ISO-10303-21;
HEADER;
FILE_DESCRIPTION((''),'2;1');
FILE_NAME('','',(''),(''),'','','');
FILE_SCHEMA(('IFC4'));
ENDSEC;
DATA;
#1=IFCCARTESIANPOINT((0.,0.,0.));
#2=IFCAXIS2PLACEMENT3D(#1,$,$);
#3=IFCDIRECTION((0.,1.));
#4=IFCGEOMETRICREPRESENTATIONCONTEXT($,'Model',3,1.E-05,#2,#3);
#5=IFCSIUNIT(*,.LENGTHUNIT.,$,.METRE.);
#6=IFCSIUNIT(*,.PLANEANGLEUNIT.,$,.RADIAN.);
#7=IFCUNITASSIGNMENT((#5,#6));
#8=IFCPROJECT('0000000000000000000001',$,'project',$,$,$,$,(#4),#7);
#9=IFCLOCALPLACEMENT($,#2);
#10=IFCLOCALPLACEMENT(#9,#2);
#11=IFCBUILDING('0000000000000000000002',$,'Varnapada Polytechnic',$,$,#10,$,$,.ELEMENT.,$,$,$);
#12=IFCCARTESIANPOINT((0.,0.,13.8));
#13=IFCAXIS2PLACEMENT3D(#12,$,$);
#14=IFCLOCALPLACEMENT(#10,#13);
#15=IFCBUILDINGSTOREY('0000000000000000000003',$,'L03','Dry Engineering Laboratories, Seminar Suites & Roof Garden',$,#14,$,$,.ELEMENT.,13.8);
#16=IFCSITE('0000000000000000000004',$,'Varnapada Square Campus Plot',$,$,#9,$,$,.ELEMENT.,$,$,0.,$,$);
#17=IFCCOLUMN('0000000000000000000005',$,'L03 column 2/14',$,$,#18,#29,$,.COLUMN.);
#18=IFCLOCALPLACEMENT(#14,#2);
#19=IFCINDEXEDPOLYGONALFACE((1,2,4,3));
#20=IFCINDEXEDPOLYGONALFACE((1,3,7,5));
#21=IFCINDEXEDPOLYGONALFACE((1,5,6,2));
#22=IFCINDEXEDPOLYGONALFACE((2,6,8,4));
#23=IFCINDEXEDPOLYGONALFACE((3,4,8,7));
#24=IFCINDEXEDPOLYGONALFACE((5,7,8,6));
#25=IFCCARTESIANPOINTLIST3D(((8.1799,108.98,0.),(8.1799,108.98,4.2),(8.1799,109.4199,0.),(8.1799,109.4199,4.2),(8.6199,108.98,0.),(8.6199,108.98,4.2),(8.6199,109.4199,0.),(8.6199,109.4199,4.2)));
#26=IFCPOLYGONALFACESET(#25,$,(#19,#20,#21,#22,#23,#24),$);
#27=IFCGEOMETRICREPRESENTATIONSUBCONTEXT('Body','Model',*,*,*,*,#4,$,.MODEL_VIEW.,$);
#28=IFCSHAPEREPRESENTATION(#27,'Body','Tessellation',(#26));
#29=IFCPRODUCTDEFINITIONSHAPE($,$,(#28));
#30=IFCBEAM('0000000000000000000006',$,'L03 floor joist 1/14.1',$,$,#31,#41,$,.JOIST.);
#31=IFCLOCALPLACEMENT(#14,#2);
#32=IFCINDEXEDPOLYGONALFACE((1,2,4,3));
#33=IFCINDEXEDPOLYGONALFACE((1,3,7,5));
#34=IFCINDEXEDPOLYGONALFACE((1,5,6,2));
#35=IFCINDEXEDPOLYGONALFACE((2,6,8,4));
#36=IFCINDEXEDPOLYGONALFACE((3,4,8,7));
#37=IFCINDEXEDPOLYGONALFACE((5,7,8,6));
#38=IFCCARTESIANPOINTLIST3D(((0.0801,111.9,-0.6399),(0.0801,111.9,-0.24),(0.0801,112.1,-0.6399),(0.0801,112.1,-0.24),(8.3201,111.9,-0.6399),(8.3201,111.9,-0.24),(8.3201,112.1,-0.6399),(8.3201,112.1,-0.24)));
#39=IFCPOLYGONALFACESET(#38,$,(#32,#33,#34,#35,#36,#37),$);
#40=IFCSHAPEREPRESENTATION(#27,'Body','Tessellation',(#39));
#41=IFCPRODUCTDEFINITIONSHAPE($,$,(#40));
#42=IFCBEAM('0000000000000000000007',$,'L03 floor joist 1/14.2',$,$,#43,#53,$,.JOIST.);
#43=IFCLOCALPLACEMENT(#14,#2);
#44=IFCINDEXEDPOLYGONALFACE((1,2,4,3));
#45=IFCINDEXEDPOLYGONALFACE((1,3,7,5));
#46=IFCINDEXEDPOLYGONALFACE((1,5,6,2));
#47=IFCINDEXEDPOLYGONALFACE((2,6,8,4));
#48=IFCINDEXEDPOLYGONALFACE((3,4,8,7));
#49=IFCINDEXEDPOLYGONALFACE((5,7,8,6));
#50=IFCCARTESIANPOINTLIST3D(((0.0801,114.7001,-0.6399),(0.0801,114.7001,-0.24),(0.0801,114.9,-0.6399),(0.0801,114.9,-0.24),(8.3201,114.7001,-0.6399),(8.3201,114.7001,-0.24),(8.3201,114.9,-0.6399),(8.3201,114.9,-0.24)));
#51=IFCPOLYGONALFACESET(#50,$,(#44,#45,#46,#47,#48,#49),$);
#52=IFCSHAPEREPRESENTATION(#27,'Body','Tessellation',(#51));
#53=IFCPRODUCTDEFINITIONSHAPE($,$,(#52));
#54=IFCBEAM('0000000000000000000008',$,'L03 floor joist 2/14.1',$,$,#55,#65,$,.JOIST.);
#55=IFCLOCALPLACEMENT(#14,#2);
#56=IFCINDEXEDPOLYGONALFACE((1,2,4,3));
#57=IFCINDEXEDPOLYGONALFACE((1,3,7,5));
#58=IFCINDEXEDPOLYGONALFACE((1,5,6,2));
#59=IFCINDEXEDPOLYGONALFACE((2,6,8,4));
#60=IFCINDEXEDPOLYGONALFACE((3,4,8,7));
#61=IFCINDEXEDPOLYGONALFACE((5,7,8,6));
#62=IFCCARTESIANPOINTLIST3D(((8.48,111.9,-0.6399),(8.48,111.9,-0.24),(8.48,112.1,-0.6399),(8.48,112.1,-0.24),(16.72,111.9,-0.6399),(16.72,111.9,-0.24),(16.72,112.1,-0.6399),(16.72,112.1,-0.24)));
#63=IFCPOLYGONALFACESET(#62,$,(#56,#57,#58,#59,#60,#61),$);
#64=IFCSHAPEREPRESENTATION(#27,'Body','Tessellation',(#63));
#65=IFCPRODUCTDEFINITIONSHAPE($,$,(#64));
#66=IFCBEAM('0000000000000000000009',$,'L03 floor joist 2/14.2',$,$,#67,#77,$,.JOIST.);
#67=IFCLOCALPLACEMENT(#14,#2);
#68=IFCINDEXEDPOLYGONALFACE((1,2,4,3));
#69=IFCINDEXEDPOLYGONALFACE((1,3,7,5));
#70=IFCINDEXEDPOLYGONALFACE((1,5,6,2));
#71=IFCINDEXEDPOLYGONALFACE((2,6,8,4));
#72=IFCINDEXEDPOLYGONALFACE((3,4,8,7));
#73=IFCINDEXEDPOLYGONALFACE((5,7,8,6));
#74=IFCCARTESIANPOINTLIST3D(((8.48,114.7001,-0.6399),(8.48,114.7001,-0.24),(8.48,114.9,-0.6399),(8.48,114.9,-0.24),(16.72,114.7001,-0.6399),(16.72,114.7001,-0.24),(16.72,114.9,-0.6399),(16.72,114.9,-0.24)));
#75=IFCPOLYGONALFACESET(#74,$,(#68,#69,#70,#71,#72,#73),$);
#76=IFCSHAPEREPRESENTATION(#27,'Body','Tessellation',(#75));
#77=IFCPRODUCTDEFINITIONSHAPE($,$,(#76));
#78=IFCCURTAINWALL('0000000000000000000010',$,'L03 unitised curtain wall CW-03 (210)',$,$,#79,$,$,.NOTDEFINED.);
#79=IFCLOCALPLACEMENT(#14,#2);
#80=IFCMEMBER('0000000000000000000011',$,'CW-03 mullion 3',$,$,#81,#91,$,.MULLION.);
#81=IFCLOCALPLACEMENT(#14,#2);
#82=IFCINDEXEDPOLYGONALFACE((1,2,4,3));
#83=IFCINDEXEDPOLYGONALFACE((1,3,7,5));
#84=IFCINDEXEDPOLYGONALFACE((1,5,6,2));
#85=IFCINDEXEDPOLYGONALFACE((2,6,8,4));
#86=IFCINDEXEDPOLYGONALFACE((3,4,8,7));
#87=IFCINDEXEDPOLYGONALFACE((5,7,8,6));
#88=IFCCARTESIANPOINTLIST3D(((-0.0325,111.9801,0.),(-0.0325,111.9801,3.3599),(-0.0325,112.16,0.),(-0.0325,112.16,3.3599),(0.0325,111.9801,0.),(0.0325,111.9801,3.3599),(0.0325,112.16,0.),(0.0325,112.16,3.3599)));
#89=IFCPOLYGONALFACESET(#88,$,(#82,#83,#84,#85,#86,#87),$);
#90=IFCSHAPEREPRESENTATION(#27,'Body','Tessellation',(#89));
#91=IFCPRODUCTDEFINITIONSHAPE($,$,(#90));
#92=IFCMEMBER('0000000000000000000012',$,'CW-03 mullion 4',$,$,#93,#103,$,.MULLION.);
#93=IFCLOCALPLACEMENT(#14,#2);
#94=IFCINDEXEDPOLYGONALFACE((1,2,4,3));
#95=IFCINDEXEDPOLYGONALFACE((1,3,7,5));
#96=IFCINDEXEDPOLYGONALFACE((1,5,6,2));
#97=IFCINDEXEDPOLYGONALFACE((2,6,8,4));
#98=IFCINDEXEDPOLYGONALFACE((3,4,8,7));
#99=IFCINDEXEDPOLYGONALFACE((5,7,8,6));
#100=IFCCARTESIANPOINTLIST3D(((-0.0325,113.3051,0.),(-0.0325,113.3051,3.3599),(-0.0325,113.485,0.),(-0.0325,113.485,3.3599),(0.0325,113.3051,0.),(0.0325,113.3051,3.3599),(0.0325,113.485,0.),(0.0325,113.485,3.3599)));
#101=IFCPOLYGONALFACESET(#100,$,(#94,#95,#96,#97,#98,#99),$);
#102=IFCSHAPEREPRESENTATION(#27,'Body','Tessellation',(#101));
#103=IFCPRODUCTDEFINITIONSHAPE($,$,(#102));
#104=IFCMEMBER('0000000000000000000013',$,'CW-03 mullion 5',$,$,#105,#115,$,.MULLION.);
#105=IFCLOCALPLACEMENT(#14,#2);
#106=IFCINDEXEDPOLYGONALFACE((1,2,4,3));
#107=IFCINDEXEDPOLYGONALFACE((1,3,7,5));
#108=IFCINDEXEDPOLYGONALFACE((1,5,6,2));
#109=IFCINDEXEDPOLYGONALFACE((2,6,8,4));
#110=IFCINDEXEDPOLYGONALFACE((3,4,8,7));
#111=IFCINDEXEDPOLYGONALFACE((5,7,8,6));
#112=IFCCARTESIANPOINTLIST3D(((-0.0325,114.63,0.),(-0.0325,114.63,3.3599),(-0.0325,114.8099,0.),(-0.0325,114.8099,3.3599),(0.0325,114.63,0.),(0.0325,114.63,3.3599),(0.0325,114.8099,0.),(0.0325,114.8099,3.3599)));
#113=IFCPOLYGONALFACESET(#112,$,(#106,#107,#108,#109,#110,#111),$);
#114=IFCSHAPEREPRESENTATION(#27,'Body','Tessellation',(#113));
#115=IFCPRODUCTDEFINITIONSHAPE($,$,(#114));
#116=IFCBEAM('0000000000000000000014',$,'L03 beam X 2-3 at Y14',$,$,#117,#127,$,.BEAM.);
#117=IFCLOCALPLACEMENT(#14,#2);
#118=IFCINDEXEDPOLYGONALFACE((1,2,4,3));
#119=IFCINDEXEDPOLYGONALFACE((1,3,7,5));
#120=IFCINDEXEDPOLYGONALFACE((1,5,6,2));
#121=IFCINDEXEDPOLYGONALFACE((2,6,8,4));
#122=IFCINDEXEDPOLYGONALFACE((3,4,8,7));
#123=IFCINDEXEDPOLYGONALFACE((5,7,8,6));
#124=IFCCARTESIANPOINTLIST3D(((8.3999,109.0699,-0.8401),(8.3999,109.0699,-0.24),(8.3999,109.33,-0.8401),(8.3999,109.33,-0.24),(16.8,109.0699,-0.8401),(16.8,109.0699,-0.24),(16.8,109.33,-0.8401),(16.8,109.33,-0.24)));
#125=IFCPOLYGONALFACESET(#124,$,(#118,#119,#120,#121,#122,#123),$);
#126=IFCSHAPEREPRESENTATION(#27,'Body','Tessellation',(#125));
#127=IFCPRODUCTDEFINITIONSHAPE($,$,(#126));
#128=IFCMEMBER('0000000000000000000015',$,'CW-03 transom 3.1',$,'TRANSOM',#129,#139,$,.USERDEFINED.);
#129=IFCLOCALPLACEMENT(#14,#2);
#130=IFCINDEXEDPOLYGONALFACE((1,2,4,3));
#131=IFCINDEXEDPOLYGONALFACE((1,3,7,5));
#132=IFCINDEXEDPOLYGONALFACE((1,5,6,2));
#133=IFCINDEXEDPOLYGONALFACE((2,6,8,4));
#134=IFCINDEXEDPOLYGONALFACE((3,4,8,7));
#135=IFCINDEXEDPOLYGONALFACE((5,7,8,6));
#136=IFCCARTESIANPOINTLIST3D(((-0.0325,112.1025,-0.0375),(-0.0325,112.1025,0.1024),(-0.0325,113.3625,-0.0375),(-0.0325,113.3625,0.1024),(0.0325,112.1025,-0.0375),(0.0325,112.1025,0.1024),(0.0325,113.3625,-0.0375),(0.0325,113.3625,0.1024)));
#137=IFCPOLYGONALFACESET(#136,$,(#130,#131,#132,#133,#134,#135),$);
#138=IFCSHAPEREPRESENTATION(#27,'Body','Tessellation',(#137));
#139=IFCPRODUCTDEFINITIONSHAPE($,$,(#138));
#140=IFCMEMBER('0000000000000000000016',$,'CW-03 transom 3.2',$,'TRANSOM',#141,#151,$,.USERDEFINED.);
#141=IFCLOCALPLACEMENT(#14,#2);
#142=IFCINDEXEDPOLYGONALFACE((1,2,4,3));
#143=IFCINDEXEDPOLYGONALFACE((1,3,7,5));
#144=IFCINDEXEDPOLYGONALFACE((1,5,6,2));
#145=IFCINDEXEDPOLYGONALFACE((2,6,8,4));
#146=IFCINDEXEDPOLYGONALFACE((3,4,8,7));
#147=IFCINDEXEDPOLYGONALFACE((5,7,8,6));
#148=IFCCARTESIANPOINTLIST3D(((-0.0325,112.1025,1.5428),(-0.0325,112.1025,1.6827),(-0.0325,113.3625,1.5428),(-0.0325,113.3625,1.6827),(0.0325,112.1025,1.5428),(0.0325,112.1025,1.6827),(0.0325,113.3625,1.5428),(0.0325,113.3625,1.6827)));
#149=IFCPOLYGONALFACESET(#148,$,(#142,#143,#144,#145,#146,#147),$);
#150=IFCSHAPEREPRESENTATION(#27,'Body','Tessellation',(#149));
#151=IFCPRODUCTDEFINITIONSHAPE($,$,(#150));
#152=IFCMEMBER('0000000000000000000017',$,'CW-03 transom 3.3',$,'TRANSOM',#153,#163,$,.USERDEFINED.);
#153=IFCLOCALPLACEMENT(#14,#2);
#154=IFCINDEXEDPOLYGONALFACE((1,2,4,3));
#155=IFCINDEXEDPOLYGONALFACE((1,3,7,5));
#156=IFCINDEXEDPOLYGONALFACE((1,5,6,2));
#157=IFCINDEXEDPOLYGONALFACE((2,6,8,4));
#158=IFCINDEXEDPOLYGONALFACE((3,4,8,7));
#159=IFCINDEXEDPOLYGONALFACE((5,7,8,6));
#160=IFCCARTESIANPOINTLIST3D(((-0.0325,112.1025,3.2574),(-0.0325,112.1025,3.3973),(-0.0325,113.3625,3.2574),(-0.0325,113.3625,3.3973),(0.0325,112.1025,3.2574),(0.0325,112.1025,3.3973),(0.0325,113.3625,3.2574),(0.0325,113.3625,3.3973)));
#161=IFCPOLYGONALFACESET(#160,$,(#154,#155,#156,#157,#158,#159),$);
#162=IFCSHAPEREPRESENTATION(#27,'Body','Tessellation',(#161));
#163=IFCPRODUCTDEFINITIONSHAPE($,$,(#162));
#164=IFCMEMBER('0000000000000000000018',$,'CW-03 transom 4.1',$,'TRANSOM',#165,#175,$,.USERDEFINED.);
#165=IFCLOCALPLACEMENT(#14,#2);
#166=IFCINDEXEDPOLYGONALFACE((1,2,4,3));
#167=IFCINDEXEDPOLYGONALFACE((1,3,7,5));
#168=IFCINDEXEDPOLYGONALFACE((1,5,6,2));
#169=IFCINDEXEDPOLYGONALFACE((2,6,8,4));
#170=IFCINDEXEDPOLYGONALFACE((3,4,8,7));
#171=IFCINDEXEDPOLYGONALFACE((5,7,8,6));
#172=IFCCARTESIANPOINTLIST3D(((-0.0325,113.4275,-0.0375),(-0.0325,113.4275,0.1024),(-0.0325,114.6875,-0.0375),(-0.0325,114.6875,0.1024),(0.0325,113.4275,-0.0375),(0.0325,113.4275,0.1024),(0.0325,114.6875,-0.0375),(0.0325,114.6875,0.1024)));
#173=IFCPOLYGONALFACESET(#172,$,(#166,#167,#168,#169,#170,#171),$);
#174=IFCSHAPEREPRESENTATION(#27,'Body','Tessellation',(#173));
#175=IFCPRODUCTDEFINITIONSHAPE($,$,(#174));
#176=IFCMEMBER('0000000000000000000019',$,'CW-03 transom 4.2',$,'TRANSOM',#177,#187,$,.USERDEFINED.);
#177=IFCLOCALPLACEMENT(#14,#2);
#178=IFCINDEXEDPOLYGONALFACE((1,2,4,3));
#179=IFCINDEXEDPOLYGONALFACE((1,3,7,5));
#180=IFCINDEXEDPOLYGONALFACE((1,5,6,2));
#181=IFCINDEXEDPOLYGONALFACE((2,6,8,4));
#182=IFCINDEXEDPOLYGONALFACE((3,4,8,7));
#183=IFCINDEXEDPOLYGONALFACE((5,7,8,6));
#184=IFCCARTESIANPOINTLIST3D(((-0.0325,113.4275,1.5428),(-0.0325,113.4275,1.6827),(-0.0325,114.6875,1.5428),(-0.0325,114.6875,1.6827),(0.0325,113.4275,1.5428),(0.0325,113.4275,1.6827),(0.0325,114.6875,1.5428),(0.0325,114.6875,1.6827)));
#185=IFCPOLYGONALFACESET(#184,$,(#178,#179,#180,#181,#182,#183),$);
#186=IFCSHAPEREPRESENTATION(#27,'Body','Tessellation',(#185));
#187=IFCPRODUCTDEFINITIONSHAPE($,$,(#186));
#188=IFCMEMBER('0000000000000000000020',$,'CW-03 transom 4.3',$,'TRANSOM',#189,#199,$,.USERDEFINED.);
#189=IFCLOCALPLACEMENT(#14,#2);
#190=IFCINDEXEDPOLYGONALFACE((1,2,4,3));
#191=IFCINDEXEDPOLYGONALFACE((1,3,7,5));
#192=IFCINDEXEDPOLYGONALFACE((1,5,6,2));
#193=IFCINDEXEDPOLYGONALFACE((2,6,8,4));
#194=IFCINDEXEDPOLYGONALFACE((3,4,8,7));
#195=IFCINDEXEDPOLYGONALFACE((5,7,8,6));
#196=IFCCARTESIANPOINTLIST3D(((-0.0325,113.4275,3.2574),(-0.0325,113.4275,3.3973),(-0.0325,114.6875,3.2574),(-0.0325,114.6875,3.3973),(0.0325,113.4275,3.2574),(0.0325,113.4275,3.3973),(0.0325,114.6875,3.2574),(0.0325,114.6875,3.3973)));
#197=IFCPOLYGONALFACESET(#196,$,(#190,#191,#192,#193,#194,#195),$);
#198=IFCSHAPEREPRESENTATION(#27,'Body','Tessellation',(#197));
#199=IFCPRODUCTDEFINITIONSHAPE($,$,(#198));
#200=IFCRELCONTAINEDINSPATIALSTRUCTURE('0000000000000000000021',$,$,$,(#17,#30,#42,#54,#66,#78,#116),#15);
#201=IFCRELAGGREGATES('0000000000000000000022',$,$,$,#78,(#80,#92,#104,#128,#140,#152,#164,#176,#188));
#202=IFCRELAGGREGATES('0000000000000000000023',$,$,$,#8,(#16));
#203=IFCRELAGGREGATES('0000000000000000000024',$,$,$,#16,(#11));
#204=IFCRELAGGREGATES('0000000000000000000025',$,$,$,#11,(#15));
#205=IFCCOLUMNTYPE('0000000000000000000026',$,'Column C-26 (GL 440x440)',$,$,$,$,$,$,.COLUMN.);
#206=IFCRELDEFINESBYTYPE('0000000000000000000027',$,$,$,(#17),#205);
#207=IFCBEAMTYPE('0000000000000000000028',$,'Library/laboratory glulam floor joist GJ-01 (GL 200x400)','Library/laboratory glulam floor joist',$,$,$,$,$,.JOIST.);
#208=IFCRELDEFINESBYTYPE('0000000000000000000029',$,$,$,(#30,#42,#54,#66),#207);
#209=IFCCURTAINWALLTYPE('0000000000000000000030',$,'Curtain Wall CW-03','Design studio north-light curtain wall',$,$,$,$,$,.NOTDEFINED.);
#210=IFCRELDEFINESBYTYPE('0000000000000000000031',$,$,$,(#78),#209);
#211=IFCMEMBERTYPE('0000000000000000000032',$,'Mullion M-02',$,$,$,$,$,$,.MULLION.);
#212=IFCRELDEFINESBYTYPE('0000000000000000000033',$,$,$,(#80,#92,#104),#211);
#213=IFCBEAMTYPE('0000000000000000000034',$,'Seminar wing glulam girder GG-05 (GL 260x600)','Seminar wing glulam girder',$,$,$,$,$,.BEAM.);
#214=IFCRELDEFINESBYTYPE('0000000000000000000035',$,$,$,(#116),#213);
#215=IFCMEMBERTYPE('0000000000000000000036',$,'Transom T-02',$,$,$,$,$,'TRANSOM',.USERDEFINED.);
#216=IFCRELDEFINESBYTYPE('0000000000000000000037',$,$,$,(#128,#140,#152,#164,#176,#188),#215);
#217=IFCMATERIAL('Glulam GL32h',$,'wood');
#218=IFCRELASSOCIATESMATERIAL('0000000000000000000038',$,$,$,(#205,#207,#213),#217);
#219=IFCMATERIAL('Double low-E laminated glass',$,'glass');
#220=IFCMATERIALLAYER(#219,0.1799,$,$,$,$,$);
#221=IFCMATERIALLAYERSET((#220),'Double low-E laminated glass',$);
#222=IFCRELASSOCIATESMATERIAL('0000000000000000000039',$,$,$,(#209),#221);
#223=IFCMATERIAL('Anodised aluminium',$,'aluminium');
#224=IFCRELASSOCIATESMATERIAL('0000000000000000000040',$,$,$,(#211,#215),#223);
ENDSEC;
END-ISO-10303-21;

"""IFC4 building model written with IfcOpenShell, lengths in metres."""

from ifc_helpers import new_model, si_unit, direction, frame, origin, origin_2d, place, context, subcontext, project, spatial, rectangle, extrude, material, layer, layer_set, material_profile, profile_set, type_object, element, aggregate, save


model = new_model("IFC4")

# Units and contexts
model_context = context("Model", 3, precision=1e-05, world=origin(), true_north=direction((0.0, 1.0)))
body_context = subcontext(model_context, "Body", "Model", "MODEL_VIEW")
ifc_project = project(units=[si_unit("LENGTHUNIT", "METRE"), si_unit("PLANEANGLEUNIT", "RADIAN")], contexts=[model_context])

# Site, building, storey
site_placement = place(None, origin())
site = spatial("IfcSite", under=ifc_project, at=site_placement, Name="Varnapada Square Campus Plot", CompositionType="ELEMENT", RefElevation=0.0)
building_placement = place(site_placement, origin())
building = spatial("IfcBuilding", under=site, at=building_placement, Name="Varnapada Polytechnic", CompositionType="ELEMENT")
storey_placement = place(building_placement, frame((0.0, 0.0, 13.8)))
storey = spatial("IfcBuildingStorey", under=building, at=storey_placement, Name="L03", Description="Dry Engineering Laboratories, Seminar Suites & Roof Garden", CompositionType="ELEMENT", Elevation=13.8)

# Column
ifc_material_1 = material(Name="Glulam GL32h", Category="wood")
ifc_material_profile_1 = material_profile(ifc_material_1, rectangle(XDim=0.4399, YDim=0.4399, at=origin_2d()), Name="GL 440x440")
ifc_profile_set_1 = profile_set([ifc_material_profile_1], Name="Glulam GL32h")
column_type = type_object("IfcColumnType", Name="Column C-26 (GL 440x440)", PredefinedType="COLUMN", material=ifc_profile_set_1)
column_placement = place(storey_placement, frame((8.3999, 109.2, 0.0), z_axis=(0.0, 0.0, 1.0), x_axis=(1.0, 0.0, 0.0)))
element("IfcColumn", 1, at=column_placement, inside=storey, type_object=column_type, Name="L03 column 2/14", PredefinedType="COLUMN", context=body_context, shape_type="SweptSolid", body=[
    extrude(rectangle(XDim=0.4399, YDim=0.4399, at=origin_2d()), origin(), (0.0, 0.0, 1.0), 4.2),
])

# Beams
ifc_material_profile_2 = material_profile(ifc_material_1, rectangle(XDim=0.2, YDim=0.3999, at=origin_2d()), Name="GL 200x400")
ifc_profile_set_2 = profile_set([ifc_material_profile_2], Name="Glulam GL32h")
beam_type_1 = type_object("IfcBeamType", Name="Library/laboratory glulam floor joist GJ-01 (GL 200x400)", Description="Library/laboratory glulam floor joist", PredefinedType="JOIST", material=ifc_profile_set_2)
for number, where, z_axis, x_axis, name in (
    (2, (0.0801, 112.0, -0.4399), (1.0, 0.0, 0.0), (0.0, 1.0, 0.0), "L03 floor joist 1/14.1"),
    (3, (0.0801, 114.8, -0.4399), (1.0, 0.0, 0.0), (0.0, 1.0, 0.0), "L03 floor joist 1/14.2"),
    (4, (8.48, 112.0, -0.4399), (1.0, 0.0, 0.0), (0.0, 1.0, 0.0), "L03 floor joist 2/14.1"),
    (5, (8.48, 114.8, -0.4399), (1.0, 0.0, 0.0), (0.0, 1.0, 0.0), "L03 floor joist 2/14.2"),
):
    element("IfcBeam", number, at=place(storey_placement, frame(where, z_axis=z_axis, x_axis=x_axis)), inside=storey, type_object=beam_type_1, Name=name, PredefinedType="JOIST", context=body_context, shape_type="SweptSolid", body=[
        extrude(rectangle(XDim=0.2, YDim=0.3999, at=origin_2d()), origin(), (0.0, 0.0, 1.0), 8.24),
    ])

# Curtain wall, members
ifc_material_2 = material(Name="Double low-E laminated glass", Category="glass")
ifc_layer_1 = layer(ifc_material_2, 0.1799)
ifc_layer_set_1 = layer_set([ifc_layer_1], Name="Double low-E laminated glass")
curtain_wall_type = type_object("IfcCurtainWallType", Name="Curtain Wall CW-03", Description="Design studio north-light curtain wall", PredefinedType="NOTDEFINED", material=ifc_layer_set_1)
curtain_wall_placement = place(storey_placement, origin())
curtain_wall = element("IfcCurtainWall", 6, at=curtain_wall_placement, inside=storey, type_object=curtain_wall_type, Name="L03 unitised curtain wall CW-03 (210)", PredefinedType="NOTDEFINED")
ifc_material_3 = material(Name="Anodised aluminium", Category="aluminium")
ifc_material_profile_3 = material_profile(ifc_material_3, rectangle(XDim=0.0649, YDim=0.1799, at=origin_2d()), Name="ALU M65x180")
ifc_profile_set_3 = profile_set([ifc_material_profile_3], Name="Anodised aluminium")
member_type_1 = type_object("IfcMemberType", Name="Mullion M-02", PredefinedType="MULLION", material=ifc_profile_set_3)
member_1_placement = place(storey_placement, frame((0.0, 112.0701, 0.0), z_axis=(0.0, 0.0, 1.0), x_axis=(-1.0, 0.0, 0.0)))
member_1 = element("IfcMember", 7, at=member_1_placement, type_object=member_type_1, Name="CW-03 mullion 3", PredefinedType="MULLION", context=body_context, shape_type="SweptSolid", body=[
    extrude(rectangle(XDim=0.0649, YDim=0.1799, at=origin_2d()), origin(), (0.0, 0.0, 1.0), 3.3599),
])
member_2_placement = place(storey_placement, frame((0.0, 113.395, 0.0), z_axis=(0.0, 0.0, 1.0), x_axis=(-1.0, 0.0, 0.0)))
member_2 = element("IfcMember", 8, at=member_2_placement, type_object=member_type_1, Name="CW-03 mullion 4", PredefinedType="MULLION", context=body_context, shape_type="SweptSolid", body=[
    extrude(rectangle(XDim=0.0649, YDim=0.1799, at=origin_2d()), origin(), (0.0, 0.0, 1.0), 3.3599),
])
member_3_placement = place(storey_placement, frame((0.0, 114.72, 0.0), z_axis=(0.0, 0.0, 1.0), x_axis=(-1.0, 0.0, 0.0)))
member_3 = element("IfcMember", 9, at=member_3_placement, type_object=member_type_1, Name="CW-03 mullion 5", PredefinedType="MULLION", context=body_context, shape_type="SweptSolid", body=[
    extrude(rectangle(XDim=0.0649, YDim=0.1799, at=origin_2d()), origin(), (0.0, 0.0, 1.0), 3.3599),
])

# Beam
ifc_material_profile_4 = material_profile(ifc_material_1, rectangle(XDim=0.26, YDim=0.6001, at=origin_2d()), Name="GL 260x600")
ifc_profile_set_4 = profile_set([ifc_material_profile_4], Name="Glulam GL32h")
beam_type_2 = type_object("IfcBeamType", Name="Seminar wing glulam girder GG-05 (GL 260x600)", Description="Seminar wing glulam girder", PredefinedType="BEAM", material=ifc_profile_set_4)
beam_1_placement = place(storey_placement, frame((8.3999, 109.2, -0.54), z_axis=(1.0, 0.0, 0.0), x_axis=(0.0, 1.0, 0.0)))
element("IfcBeam", 10, at=beam_1_placement, inside=storey, type_object=beam_type_2, Name="L03 beam X 2-3 at Y14", PredefinedType="BEAM", context=body_context, shape_type="SweptSolid", body=[
    extrude(rectangle(XDim=0.26, YDim=0.6001, at=origin_2d()), origin(), (0.0, 0.0, 1.0), 8.4001),
])

# Members
ifc_material_profile_5 = material_profile(ifc_material_3, rectangle(XDim=0.0649, YDim=0.1399, at=origin_2d()), Name="ALU T65x140")
ifc_profile_set_5 = profile_set([ifc_material_profile_5], Name="Anodised aluminium")
member_type_2 = type_object("IfcMemberType", Name="Transom T-02", ElementType="TRANSOM", PredefinedType="USERDEFINED", material=ifc_profile_set_5)
member_4_placement = place(storey_placement, frame((0.0, 112.1025, 0.0325), z_axis=(0.0, 1.0, 0.0), x_axis=(-1.0, 0.0, 0.0)))
member_4 = element("IfcMember", 11, at=member_4_placement, type_object=member_type_2, Name="CW-03 transom 3.1", ObjectType="TRANSOM", PredefinedType="USERDEFINED", context=body_context, shape_type="SweptSolid", body=[
    extrude(rectangle(XDim=0.0649, YDim=0.1399, at=origin_2d()), origin(), (0.0, 0.0, 1.0), 1.26),
])
member_5_placement = place(storey_placement, frame((0.0, 112.1025, 1.6128), z_axis=(0.0, 1.0, 0.0), x_axis=(-1.0, 0.0, 0.0)))
member_5 = element("IfcMember", 12, at=member_5_placement, type_object=member_type_2, Name="CW-03 transom 3.2", ObjectType="TRANSOM", PredefinedType="USERDEFINED", context=body_context, shape_type="SweptSolid", body=[
    extrude(rectangle(XDim=0.0649, YDim=0.1399, at=origin_2d()), origin(), (0.0, 0.0, 1.0), 1.26),
])
member_6_placement = place(storey_placement, frame((0.0, 112.1025, 3.3274), z_axis=(0.0, 1.0, 0.0), x_axis=(-1.0, 0.0, 0.0)))
member_6 = element("IfcMember", 13, at=member_6_placement, type_object=member_type_2, Name="CW-03 transom 3.3", ObjectType="TRANSOM", PredefinedType="USERDEFINED", context=body_context, shape_type="SweptSolid", body=[
    extrude(rectangle(XDim=0.0649, YDim=0.1399, at=origin_2d()), origin(), (0.0, 0.0, 1.0), 1.26),
])
member_7_placement = place(storey_placement, frame((0.0, 113.4275, 0.0325), z_axis=(0.0, 1.0, 0.0), x_axis=(-1.0, 0.0, 0.0)))
member_7 = element("IfcMember", 14, at=member_7_placement, type_object=member_type_2, Name="CW-03 transom 4.1", ObjectType="TRANSOM", PredefinedType="USERDEFINED", context=body_context, shape_type="SweptSolid", body=[
    extrude(rectangle(XDim=0.0649, YDim=0.1399, at=origin_2d()), origin(), (0.0, 0.0, 1.0), 1.26),
])
member_8_placement = place(storey_placement, frame((0.0, 113.4275, 1.6128), z_axis=(0.0, 1.0, 0.0), x_axis=(-1.0, 0.0, 0.0)))
member_8 = element("IfcMember", 15, at=member_8_placement, type_object=member_type_2, Name="CW-03 transom 4.2", ObjectType="TRANSOM", PredefinedType="USERDEFINED", context=body_context, shape_type="SweptSolid", body=[
    extrude(rectangle(XDim=0.0649, YDim=0.1399, at=origin_2d()), origin(), (0.0, 0.0, 1.0), 1.26),
])
member_9_placement = place(storey_placement, frame((0.0, 113.4275, 3.3274), z_axis=(0.0, 1.0, 0.0), x_axis=(-1.0, 0.0, 0.0)))
member_9 = element("IfcMember", 16, at=member_9_placement, type_object=member_type_2, Name="CW-03 transom 4.3", ObjectType="TRANSOM", PredefinedType="USERDEFINED", context=body_context, shape_type="SweptSolid", body=[
    extrude(rectangle(XDim=0.0649, YDim=0.1399, at=origin_2d()), origin(), (0.0, 0.0, 1.0), 1.26),
])

aggregate(curtain_wall, [member_1, member_2, member_3, member_4, member_5, member_6, member_7, member_8, member_9])

save(model, "model.ifc")
